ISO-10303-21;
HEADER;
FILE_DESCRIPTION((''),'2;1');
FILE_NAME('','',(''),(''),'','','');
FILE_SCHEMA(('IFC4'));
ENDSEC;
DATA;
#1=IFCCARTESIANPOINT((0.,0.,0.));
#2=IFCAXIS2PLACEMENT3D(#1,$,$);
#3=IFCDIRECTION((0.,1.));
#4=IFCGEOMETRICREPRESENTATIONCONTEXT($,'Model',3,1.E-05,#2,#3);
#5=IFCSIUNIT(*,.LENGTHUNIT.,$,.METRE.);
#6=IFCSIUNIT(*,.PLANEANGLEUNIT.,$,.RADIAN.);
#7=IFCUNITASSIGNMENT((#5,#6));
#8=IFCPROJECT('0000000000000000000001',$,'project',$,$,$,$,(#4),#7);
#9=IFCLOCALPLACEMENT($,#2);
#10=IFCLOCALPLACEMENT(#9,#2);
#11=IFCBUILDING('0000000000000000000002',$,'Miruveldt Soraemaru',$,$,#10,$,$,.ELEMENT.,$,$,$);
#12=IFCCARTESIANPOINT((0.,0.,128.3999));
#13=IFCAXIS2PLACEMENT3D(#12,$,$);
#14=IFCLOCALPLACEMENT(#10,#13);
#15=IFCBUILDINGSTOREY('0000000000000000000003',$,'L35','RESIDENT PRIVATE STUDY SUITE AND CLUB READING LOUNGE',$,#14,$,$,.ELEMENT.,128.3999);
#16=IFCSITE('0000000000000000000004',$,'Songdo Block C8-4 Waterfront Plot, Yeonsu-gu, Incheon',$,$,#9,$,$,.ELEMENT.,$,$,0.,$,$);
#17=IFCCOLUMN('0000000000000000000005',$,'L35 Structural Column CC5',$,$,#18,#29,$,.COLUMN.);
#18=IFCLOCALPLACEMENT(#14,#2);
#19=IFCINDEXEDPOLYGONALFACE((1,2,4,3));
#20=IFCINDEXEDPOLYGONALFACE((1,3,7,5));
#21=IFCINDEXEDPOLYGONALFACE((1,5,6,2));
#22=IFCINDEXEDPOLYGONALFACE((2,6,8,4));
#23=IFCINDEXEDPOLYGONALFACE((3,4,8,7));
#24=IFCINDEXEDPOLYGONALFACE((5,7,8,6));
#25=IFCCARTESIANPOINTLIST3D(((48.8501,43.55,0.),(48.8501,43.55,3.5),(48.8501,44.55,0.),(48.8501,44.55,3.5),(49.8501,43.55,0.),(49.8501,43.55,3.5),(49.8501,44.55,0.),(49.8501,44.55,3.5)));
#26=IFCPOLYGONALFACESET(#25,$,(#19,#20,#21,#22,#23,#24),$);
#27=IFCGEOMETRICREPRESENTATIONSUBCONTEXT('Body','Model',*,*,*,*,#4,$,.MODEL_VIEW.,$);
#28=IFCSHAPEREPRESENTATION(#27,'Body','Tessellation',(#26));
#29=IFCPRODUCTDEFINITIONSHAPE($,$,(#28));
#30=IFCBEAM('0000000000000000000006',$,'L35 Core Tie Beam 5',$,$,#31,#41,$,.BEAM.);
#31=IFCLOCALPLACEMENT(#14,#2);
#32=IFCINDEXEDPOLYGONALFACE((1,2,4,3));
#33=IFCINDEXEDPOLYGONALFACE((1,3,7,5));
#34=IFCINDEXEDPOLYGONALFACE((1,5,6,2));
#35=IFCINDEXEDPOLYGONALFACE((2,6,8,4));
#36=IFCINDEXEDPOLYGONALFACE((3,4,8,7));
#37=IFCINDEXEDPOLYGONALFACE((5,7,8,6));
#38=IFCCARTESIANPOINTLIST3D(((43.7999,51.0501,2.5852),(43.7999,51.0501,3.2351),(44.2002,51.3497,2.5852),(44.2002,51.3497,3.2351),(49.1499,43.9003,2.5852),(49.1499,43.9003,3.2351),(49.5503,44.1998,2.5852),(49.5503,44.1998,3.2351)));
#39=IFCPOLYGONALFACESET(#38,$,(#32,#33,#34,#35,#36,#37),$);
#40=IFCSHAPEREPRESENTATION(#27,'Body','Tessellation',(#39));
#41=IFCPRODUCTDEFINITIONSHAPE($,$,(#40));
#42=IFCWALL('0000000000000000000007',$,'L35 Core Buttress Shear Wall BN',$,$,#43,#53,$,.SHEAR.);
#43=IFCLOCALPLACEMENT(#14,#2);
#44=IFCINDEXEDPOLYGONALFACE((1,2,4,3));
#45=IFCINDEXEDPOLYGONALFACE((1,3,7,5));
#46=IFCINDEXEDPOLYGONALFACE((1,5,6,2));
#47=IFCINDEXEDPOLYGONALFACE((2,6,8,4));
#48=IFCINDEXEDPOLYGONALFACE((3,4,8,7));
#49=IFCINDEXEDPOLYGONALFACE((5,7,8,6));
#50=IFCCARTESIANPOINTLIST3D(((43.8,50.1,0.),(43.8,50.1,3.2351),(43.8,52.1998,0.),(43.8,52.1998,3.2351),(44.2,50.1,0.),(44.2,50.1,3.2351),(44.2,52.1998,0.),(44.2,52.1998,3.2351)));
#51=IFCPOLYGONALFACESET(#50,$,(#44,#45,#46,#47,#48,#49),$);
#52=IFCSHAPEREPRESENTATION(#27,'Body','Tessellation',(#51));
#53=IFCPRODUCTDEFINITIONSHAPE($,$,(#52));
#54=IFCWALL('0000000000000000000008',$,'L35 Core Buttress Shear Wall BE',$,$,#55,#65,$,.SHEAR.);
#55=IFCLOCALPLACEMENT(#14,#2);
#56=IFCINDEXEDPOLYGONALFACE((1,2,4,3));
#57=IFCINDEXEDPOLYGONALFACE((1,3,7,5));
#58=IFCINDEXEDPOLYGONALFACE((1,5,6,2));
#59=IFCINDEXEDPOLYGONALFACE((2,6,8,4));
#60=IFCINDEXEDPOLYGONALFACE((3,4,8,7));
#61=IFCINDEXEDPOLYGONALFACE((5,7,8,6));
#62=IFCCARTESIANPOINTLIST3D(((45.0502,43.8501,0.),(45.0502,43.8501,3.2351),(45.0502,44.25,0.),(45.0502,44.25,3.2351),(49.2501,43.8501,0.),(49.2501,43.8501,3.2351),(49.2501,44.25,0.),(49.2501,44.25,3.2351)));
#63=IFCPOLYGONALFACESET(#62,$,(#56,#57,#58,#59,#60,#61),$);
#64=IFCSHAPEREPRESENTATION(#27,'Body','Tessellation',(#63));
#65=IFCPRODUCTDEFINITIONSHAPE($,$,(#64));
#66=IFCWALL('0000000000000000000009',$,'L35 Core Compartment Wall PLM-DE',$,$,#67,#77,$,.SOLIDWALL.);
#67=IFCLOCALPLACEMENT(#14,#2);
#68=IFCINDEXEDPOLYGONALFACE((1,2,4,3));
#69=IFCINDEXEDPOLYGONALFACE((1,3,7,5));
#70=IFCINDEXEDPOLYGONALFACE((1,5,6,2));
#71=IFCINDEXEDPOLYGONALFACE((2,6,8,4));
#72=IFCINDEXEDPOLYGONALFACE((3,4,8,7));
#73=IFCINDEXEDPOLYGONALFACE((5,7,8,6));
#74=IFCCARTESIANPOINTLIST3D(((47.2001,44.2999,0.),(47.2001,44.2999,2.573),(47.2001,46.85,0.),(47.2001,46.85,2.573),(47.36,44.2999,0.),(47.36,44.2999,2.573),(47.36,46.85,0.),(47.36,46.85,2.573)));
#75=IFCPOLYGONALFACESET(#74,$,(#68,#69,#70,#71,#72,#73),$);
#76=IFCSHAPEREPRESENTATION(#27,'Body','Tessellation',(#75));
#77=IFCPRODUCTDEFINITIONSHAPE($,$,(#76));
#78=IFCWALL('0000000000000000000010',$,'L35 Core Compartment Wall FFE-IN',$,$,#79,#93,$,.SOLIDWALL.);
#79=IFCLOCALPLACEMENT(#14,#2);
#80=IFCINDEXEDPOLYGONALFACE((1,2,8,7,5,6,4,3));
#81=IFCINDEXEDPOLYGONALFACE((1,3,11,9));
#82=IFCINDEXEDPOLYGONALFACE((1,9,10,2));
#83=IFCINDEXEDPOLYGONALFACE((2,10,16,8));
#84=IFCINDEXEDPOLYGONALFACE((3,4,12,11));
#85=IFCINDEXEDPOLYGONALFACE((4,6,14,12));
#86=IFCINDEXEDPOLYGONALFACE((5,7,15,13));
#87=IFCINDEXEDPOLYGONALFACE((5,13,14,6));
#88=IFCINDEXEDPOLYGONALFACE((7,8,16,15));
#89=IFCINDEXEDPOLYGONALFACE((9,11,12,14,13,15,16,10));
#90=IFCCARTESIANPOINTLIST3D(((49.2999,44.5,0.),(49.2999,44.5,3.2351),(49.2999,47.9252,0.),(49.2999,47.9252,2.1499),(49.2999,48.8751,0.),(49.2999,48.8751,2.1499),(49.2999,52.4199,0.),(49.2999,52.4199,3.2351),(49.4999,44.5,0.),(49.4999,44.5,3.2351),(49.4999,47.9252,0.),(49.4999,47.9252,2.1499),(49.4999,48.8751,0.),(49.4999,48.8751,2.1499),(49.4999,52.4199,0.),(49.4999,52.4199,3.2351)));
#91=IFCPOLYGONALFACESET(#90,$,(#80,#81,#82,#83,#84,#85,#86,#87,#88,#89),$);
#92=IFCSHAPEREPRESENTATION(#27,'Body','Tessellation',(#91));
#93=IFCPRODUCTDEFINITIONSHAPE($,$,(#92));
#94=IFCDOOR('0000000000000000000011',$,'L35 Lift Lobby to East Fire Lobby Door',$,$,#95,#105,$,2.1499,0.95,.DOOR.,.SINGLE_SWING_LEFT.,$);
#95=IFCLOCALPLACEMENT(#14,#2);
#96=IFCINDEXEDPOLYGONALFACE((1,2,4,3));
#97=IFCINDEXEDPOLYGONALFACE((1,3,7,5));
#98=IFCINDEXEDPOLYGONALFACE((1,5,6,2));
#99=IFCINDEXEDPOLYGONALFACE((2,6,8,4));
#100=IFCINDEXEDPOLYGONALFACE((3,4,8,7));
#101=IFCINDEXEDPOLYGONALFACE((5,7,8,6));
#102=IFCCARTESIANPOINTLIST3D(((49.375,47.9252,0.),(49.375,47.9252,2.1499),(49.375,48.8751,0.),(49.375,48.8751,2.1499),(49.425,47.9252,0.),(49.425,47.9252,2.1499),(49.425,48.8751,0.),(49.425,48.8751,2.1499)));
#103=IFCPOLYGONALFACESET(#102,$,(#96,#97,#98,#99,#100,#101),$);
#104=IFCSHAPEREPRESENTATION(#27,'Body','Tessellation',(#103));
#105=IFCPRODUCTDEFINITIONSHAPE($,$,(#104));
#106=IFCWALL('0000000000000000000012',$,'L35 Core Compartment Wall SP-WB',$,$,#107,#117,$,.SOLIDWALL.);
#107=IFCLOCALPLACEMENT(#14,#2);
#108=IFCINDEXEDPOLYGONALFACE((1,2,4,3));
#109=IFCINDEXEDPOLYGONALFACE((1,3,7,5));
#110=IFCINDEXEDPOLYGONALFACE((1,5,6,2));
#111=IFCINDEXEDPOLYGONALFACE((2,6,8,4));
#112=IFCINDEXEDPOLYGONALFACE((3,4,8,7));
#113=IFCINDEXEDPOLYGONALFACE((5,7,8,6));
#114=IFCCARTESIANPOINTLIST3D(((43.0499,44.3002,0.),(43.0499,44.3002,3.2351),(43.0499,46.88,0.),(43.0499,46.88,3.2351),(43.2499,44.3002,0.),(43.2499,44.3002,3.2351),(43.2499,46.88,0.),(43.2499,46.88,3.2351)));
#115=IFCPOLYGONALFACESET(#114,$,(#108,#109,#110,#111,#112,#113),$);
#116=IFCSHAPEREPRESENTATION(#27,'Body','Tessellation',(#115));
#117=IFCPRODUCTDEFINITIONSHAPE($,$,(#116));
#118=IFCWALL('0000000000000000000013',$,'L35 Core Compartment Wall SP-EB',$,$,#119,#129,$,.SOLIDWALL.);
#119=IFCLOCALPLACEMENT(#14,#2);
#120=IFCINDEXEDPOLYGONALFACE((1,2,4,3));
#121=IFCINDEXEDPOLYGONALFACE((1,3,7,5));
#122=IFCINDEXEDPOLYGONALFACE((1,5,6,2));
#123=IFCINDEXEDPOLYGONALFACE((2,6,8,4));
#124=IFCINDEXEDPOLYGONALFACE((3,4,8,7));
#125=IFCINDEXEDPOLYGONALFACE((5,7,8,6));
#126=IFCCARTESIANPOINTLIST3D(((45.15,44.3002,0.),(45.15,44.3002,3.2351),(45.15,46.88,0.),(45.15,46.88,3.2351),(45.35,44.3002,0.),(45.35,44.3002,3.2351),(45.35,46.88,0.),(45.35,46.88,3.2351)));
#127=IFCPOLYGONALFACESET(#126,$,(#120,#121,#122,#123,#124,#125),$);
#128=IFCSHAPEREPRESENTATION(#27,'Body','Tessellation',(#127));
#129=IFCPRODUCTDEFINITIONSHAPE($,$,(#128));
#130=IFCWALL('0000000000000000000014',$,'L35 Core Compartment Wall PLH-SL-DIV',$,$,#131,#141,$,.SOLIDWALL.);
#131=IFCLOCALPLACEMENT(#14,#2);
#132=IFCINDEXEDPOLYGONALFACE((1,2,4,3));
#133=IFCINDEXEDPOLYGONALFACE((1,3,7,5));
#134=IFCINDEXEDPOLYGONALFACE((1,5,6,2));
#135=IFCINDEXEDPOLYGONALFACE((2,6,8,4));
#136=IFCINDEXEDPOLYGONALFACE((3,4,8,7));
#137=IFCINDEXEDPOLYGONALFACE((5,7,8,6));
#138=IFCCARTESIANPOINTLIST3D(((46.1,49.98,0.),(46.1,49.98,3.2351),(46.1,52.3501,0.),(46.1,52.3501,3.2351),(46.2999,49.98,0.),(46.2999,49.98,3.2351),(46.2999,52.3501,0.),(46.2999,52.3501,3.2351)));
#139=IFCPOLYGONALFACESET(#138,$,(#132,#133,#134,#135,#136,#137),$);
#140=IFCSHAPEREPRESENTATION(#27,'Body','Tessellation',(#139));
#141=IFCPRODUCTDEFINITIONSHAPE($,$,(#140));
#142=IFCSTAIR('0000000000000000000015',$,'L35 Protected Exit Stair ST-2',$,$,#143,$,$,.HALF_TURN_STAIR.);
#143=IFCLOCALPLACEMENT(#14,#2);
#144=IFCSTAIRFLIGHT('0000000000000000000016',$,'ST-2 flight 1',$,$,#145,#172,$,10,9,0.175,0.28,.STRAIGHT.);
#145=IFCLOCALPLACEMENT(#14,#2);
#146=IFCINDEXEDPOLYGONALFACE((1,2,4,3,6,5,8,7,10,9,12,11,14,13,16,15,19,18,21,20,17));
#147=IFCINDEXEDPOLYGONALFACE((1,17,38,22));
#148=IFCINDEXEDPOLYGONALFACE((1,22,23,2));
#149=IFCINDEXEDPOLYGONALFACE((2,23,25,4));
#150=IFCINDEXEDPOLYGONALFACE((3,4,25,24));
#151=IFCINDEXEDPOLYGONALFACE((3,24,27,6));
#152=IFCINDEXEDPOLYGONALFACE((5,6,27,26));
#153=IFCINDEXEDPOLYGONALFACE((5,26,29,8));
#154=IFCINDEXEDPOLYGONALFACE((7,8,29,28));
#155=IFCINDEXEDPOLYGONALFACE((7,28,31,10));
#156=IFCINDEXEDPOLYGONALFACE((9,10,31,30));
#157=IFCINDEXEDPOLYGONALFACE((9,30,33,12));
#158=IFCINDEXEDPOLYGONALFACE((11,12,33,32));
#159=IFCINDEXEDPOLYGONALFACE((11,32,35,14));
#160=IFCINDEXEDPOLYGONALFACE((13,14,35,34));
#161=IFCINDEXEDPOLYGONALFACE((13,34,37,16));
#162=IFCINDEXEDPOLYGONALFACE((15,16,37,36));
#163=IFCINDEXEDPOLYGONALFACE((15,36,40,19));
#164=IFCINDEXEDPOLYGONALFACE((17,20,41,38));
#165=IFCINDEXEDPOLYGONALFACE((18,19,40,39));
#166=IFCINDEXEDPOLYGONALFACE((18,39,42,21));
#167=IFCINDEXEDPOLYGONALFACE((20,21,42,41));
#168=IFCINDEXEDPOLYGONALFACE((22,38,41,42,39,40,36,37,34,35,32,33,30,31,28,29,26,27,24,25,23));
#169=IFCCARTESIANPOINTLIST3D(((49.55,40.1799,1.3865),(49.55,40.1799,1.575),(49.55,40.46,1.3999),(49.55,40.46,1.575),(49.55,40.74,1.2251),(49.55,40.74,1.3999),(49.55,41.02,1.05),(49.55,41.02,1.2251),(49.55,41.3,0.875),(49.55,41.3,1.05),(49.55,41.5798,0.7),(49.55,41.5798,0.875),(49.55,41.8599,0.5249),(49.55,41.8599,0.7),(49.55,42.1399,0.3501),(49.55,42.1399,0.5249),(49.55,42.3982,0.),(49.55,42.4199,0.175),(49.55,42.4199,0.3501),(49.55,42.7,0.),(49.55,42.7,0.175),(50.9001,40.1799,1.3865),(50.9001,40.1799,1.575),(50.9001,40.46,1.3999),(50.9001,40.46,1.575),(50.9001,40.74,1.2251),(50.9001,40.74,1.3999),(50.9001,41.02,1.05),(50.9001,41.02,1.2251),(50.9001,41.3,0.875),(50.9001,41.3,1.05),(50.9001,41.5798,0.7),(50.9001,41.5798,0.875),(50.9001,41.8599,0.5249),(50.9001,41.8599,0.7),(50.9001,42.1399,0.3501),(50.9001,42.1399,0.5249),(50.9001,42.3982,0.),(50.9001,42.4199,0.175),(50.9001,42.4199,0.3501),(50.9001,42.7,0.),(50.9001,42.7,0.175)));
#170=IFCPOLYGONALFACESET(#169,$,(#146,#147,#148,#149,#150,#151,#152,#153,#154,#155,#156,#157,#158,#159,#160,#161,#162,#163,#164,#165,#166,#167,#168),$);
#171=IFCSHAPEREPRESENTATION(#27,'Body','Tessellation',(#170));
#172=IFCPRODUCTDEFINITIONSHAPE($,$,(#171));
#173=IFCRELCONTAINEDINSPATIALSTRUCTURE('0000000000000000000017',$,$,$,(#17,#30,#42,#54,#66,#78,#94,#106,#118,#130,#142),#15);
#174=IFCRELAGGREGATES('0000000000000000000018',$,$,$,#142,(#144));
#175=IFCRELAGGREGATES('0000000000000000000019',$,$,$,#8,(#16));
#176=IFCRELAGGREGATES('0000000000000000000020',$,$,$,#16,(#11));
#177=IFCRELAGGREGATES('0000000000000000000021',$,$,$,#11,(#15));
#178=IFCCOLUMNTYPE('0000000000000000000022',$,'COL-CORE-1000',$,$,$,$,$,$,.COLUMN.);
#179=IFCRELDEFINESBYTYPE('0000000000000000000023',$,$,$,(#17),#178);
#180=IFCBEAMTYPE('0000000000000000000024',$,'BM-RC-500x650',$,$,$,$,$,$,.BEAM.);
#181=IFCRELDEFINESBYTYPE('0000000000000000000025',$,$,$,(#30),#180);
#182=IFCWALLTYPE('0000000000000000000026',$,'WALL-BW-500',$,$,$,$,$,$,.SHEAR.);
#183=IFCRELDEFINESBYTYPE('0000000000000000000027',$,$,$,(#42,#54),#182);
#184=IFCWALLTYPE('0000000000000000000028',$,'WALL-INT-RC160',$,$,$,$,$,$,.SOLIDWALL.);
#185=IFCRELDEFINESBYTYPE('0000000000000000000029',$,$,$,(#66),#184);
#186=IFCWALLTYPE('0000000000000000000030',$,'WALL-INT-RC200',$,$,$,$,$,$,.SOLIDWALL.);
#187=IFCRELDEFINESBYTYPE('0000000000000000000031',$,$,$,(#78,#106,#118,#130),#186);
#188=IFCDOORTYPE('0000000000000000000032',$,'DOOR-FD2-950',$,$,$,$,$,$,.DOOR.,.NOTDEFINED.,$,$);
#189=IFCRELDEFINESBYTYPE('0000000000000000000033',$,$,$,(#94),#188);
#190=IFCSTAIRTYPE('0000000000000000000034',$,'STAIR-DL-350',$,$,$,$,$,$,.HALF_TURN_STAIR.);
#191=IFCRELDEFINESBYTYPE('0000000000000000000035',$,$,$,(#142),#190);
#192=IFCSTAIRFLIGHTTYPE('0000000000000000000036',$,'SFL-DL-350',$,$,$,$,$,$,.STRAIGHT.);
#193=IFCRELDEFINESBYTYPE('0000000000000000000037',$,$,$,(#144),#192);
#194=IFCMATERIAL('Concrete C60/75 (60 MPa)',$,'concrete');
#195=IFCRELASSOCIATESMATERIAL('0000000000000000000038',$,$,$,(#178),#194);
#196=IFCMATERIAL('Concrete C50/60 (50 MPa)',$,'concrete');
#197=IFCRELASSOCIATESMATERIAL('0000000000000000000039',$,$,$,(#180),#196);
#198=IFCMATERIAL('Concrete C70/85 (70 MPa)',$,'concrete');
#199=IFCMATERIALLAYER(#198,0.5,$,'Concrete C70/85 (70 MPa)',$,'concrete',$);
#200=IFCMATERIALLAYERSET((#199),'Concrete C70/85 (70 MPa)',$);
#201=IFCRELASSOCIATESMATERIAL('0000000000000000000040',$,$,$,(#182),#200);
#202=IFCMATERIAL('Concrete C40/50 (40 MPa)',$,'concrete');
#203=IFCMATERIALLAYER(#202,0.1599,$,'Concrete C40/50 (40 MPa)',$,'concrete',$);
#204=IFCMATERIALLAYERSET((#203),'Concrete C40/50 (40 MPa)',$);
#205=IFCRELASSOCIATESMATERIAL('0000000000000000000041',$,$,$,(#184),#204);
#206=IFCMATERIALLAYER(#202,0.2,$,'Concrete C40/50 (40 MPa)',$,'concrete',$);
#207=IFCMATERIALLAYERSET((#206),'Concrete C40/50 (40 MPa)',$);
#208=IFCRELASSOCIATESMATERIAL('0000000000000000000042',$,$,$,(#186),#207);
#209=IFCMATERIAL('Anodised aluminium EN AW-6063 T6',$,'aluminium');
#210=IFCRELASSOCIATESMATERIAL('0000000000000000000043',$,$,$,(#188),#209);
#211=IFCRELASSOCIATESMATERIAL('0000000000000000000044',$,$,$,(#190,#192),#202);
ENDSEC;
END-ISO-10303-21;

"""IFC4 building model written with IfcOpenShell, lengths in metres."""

from ifc_helpers import new_model, si_unit, direction, frame, frame_2d, origin, origin_2d, place, context, subcontext, project, spatial, polyline, rectangle, outline, extrude, material, layer, layer_set, material_profile, profile_set, type_object, element, fill, aggregate, save


model = new_model("IFC4")

# Units and contexts
model_context = context("Model", 3, precision=1e-05, world=origin(), true_north=direction((0.0, 1.0)))
body_context = subcontext(model_context, "Body", "Model", "MODEL_VIEW")
ifc_project = project(units=[si_unit("LENGTHUNIT", "METRE"), si_unit("PLANEANGLEUNIT", "RADIAN")], contexts=[model_context])

# Site, building, storey
site_placement = place(None, origin())
site = spatial("IfcSite", under=ifc_project, at=site_placement, Name="Songdo Block C8-4 Waterfront Plot, Yeonsu-gu, Incheon", CompositionType="ELEMENT", RefElevation=0.0)
building_placement = place(site_placement, origin())
building = spatial("IfcBuilding", under=site, at=building_placement, Name="Miruveldt Soraemaru", CompositionType="ELEMENT")
storey_placement = place(building_placement, frame((0.0, 0.0, 128.3999)))
storey = spatial("IfcBuildingStorey", under=building, at=storey_placement, Name="L35", Description="RESIDENT PRIVATE STUDY SUITE AND CLUB READING LOUNGE", CompositionType="ELEMENT", Elevation=128.3999)

# Column
ifc_material_1 = material(Name="Concrete C60/75 (60 MPa)", Category="concrete")
ifc_material_profile_1 = material_profile(ifc_material_1, rectangle(XDim=1.0, YDim=1.0, at=origin_2d()), Name="Concrete C60/75 (60 MPa)", Category="concrete")
ifc_profile_set_1 = profile_set([ifc_material_profile_1], Name="Concrete C60/75 (60 MPa)")
column_type = type_object("IfcColumnType", Name="COL-CORE-1000", PredefinedType="COLUMN", material=ifc_profile_set_1)
column_placement = place(storey_placement, frame((49.3501, 44.05, 0.0), z_axis=(0.0, 0.0, 1.0), x_axis=(1.0, 0.0, 0.0)))
element("IfcColumn", 1, at=column_placement, inside=storey, type_object=column_type, Name="L35 Structural Column CC5", PredefinedType="COLUMN", context=body_context, shape_type="SweptSolid", body=[
    extrude(rectangle(XDim=1.0, YDim=1.0, at=origin_2d()), origin(), (0.0, 0.0, 1.0), 3.5),
])

# Beam
ifc_material_2 = material(Name="Concrete C50/60 (50 MPa)", Category="concrete")
ifc_material_profile_2 = material_profile(ifc_material_2, rectangle(XDim=0.5, YDim=0.6499, at=origin_2d()), Name="Concrete C50/60 (50 MPa)", Category="concrete")
ifc_profile_set_2 = profile_set([ifc_material_profile_2], Name="Concrete C50/60 (50 MPa)")
beam_type = type_object("IfcBeamType", Name="BM-RC-500x650", PredefinedType="BEAM", material=ifc_profile_set_2)
beam_placement = place(storey_placement, frame((49.3501, 44.05, 2.9102), z_axis=(-0.599116, 0.800662, 0.0), x_axis=(-0.800662, -0.599116, 0.0)))
element("IfcBeam", 2, at=beam_placement, inside=storey, type_object=beam_type, Name="L35 Core Tie Beam 5", PredefinedType="BEAM", context=body_context, shape_type="SweptSolid", body=[
    extrude(rectangle(XDim=0.5, YDim=0.6499, at=origin_2d()), origin(), (0.0, 0.0, 1.0), 8.9299),
])

# Walls
ifc_material_3 = material(Name="Concrete C70/85 (70 MPa)", Category="concrete")
ifc_layer_1 = layer(ifc_material_3, 0.5, Name="Concrete C70/85 (70 MPa)", Category="concrete")
ifc_layer_set_1 = layer_set([ifc_layer_1], Name="Concrete C70/85 (70 MPa)")
wall_type_1 = type_object("IfcWallType", Name="WALL-BW-500", PredefinedType="SHEAR", material=ifc_layer_set_1)
wall_1_placement = place(storey_placement, frame((44.0, 50.1001, 0.0), z_axis=(0.0, 0.0, 1.0), x_axis=(0.0, 1.0, 0.0)))
element("IfcWall", 3, at=wall_1_placement, inside=storey, type_object=wall_type_1, Name="L35 Core Buttress Shear Wall BN", PredefinedType="SHEAR", context=body_context, shape_type="SweptSolid", body=[
    extrude(rectangle(XDim=2.0999, YDim=0.3999, at=frame_2d((1.0498, 0.0))), origin(), (0.0, 0.0, 1.0), 3.2351),
])
wall_2_placement = place(storey_placement, frame((45.05, 44.05, 0.0), z_axis=(0.0, 0.0, 1.0), x_axis=(1.0, 0.0, 0.0)))
element("IfcWall", 4, at=wall_2_placement, inside=storey, type_object=wall_type_1, Name="L35 Core Buttress Shear Wall BE", PredefinedType="SHEAR", context=body_context, shape_type="SweptSolid", body=[
    extrude(rectangle(XDim=4.2, YDim=0.3999, at=frame_2d((2.1001, 0.0))), origin(), (0.0, 0.0, 1.0), 3.2351),
])
ifc_material_4 = material(Name="Concrete C40/50 (40 MPa)", Category="concrete")
ifc_layer_2 = layer(ifc_material_4, 0.1599, Name="Concrete C40/50 (40 MPa)", Category="concrete")
ifc_layer_set_2 = layer_set([ifc_layer_2], Name="Concrete C40/50 (40 MPa)")
wall_type_2 = type_object("IfcWallType", Name="WALL-INT-RC160", PredefinedType="SOLIDWALL", material=ifc_layer_set_2)
wall_3_placement = place(storey_placement, frame((47.28, 44.3, 0.0), z_axis=(0.0, 0.0, 1.0), x_axis=(0.0, 1.0, 0.0)))
element("IfcWall", 5, at=wall_3_placement, inside=storey, type_object=wall_type_2, Name="L35 Core Compartment Wall PLM-DE", PredefinedType="SOLIDWALL", context=body_context, shape_type="SweptSolid", body=[
    extrude(rectangle(XDim=2.55, YDim=0.1599, at=frame_2d((1.2749, 0.0))), origin(), (0.0, 0.0, 1.0), 2.573),
])

# Wall, opening, door
ifc_layer_3 = layer(ifc_material_4, 0.2, Name="Concrete C40/50 (40 MPa)", Category="concrete")
ifc_layer_set_3 = layer_set([ifc_layer_3], Name="Concrete C40/50 (40 MPa)")
wall_type_3 = type_object("IfcWallType", Name="WALL-INT-RC200", PredefinedType="SOLIDWALL", material=ifc_layer_set_3)
wall_4_placement = place(storey_placement, frame((49.3999, 44.5, 0.0), z_axis=(0.0, 0.0, 1.0), x_axis=(0.0, 1.0, 0.0)))
wall_4 = element("IfcWall", 6, at=wall_4_placement, inside=storey, type_object=wall_type_3, Name="L35 Core Compartment Wall FFE-IN", PredefinedType="SOLIDWALL", context=body_context, shape_type="SweptSolid", body=[
    extrude(rectangle(XDim=7.9199, YDim=0.2, at=frame_2d((3.96, 0.0))), origin(), (0.0, 0.0, 1.0), 3.2351),
])
opening_1_placement = place(wall_4_placement, frame((3.425, 0.0, 0.0)))
opening_1 = element("IfcOpeningElement", 7, at=opening_1_placement, cuts=wall_4, PredefinedType="OPENING", context=body_context, shape_type="SweptSolid", body=[
    extrude(rectangle(XDim=0.95, YDim=2.1499, at=frame_2d((0.4751, 1.075))), frame((0.0, 0.1099, 0.0), z_axis=(0.0, -1.0, 0.0), x_axis=(1.0, 0.0, 0.0)), (0.0, 0.0, 1.0), 0.22),
])
ifc_material_5 = material(Name="Anodised aluminium EN AW-6063 T6", Category="aluminium")
door_type_1 = type_object("IfcDoorType", Name="DOOR-FD2-950", OperationType="NOTDEFINED", PredefinedType="DOOR", material=ifc_material_5)
door_1_placement = place(opening_1_placement, origin())
door_1 = element("IfcDoor", 8, at=door_1_placement, inside=storey, type_object=door_type_1, Name="L35 Lift Lobby to East Fire Lobby Door", OperationType="SINGLE_SWING_LEFT", OverallHeight=2.1499, OverallWidth=0.95, PredefinedType="DOOR", context=body_context, shape_type="SweptSolid", body=[
    extrude(rectangle(XDim=0.95, YDim=2.1499, at=frame_2d((0.4751, 1.075))), frame((0.0, 0.0249, 0.0), z_axis=(0.0, -1.0, 0.0), x_axis=(1.0, 0.0, 0.0)), (0.0, 0.0, 1.0), 0.05),
])
fill(opening_1, door_1)

# Walls
for number, where, z_axis, x_axis, name in (
    (9, (43.1499, 44.3, 0.0), (0.0, 0.0, 1.0), (0.0, 1.0, 0.0), "L35 Core Compartment Wall SP-WB"),
    (10, (45.25, 44.3, 0.0), (0.0, 0.0, 1.0), (0.0, 1.0, 0.0), "L35 Core Compartment Wall SP-EB"),
):
    element("IfcWall", number, at=place(storey_placement, frame(where, z_axis=z_axis, x_axis=x_axis)), inside=storey, type_object=wall_type_3, Name=name, PredefinedType="SOLIDWALL", context=body_context, shape_type="SweptSolid", body=[
        extrude(rectangle(XDim=2.5798, YDim=0.2, at=frame_2d((1.29, 0.0))), origin(), (0.0, 0.0, 1.0), 3.2351),
    ])
wall_5_placement = place(storey_placement, frame((46.2, 49.98, 0.0), z_axis=(0.0, 0.0, 1.0), x_axis=(0.0, 1.0, 0.0)))
element("IfcWall", 11, at=wall_5_placement, inside=storey, type_object=wall_type_3, Name="L35 Core Compartment Wall PLH-SL-DIV", PredefinedType="SOLIDWALL", context=body_context, shape_type="SweptSolid", body=[
    extrude(rectangle(XDim=2.3701, YDim=0.2, at=frame_2d((1.1851, 0.0))), origin(), (0.0, 0.0, 1.0), 3.2351),
])

# Stair, stair flight
stair_type = type_object("IfcStairType", Name="STAIR-DL-350", PredefinedType="HALF_TURN_STAIR", material=ifc_material_4)
stair_placement = place(storey_placement, origin())
stair = element("IfcStair", 12, at=stair_placement, inside=storey, type_object=stair_type, Name="L35 Protected Exit Stair ST-2", PredefinedType="HALF_TURN_STAIR")
stair_flight_type = type_object("IfcStairFlightType", Name="SFL-DL-350", PredefinedType="STRAIGHT", material=ifc_material_4)
stair_flight_placement = place(storey_placement, frame((50.2251, 42.7, 0.0), z_axis=(0.0, 0.0, 1.0), x_axis=(0.0, -1.0, 0.0)))
stair_flight = element("IfcStairFlight", 13, at=stair_flight_placement, type_object=stair_flight_type, Name="ST-2 flight 1", NumberOfRisers=10, NumberOfTreads=9, PredefinedType="STRAIGHT", RiserHeight=0.175, TreadLength=0.28, context=body_context, shape_type="SweptSolid", body=[
    extrude(outline(polyline([(0.0, 0.0), (0.0, 0.175), (0.28, 0.175), (0.28, 0.3501), (0.5601, 0.3501), (0.5601, 0.5249), (0.8401, 0.5249), (0.8401, 0.7), (1.1201, 0.7), (1.1201, 0.875), (1.3999, 0.875), (1.3999, 1.05), (1.6799, 1.05), (1.6799, 1.2251), (1.96, 1.2251), (1.96, 1.3999), (2.24, 1.3999), (2.24, 1.575), (2.52, 1.575), (2.52, 1.75), (2.52, 1.3865), (0.3018, 0.0), (0.0, 0.0)])), frame((0.0, 0.675, 0.0), z_axis=(0.0, -1.0, 0.0), x_axis=(1.0, 0.0, 0.0)), (0.0, 0.0, 1.0), 1.3501),
])
aggregate(stair, [stair_flight])

save(model, "model.ifc")
